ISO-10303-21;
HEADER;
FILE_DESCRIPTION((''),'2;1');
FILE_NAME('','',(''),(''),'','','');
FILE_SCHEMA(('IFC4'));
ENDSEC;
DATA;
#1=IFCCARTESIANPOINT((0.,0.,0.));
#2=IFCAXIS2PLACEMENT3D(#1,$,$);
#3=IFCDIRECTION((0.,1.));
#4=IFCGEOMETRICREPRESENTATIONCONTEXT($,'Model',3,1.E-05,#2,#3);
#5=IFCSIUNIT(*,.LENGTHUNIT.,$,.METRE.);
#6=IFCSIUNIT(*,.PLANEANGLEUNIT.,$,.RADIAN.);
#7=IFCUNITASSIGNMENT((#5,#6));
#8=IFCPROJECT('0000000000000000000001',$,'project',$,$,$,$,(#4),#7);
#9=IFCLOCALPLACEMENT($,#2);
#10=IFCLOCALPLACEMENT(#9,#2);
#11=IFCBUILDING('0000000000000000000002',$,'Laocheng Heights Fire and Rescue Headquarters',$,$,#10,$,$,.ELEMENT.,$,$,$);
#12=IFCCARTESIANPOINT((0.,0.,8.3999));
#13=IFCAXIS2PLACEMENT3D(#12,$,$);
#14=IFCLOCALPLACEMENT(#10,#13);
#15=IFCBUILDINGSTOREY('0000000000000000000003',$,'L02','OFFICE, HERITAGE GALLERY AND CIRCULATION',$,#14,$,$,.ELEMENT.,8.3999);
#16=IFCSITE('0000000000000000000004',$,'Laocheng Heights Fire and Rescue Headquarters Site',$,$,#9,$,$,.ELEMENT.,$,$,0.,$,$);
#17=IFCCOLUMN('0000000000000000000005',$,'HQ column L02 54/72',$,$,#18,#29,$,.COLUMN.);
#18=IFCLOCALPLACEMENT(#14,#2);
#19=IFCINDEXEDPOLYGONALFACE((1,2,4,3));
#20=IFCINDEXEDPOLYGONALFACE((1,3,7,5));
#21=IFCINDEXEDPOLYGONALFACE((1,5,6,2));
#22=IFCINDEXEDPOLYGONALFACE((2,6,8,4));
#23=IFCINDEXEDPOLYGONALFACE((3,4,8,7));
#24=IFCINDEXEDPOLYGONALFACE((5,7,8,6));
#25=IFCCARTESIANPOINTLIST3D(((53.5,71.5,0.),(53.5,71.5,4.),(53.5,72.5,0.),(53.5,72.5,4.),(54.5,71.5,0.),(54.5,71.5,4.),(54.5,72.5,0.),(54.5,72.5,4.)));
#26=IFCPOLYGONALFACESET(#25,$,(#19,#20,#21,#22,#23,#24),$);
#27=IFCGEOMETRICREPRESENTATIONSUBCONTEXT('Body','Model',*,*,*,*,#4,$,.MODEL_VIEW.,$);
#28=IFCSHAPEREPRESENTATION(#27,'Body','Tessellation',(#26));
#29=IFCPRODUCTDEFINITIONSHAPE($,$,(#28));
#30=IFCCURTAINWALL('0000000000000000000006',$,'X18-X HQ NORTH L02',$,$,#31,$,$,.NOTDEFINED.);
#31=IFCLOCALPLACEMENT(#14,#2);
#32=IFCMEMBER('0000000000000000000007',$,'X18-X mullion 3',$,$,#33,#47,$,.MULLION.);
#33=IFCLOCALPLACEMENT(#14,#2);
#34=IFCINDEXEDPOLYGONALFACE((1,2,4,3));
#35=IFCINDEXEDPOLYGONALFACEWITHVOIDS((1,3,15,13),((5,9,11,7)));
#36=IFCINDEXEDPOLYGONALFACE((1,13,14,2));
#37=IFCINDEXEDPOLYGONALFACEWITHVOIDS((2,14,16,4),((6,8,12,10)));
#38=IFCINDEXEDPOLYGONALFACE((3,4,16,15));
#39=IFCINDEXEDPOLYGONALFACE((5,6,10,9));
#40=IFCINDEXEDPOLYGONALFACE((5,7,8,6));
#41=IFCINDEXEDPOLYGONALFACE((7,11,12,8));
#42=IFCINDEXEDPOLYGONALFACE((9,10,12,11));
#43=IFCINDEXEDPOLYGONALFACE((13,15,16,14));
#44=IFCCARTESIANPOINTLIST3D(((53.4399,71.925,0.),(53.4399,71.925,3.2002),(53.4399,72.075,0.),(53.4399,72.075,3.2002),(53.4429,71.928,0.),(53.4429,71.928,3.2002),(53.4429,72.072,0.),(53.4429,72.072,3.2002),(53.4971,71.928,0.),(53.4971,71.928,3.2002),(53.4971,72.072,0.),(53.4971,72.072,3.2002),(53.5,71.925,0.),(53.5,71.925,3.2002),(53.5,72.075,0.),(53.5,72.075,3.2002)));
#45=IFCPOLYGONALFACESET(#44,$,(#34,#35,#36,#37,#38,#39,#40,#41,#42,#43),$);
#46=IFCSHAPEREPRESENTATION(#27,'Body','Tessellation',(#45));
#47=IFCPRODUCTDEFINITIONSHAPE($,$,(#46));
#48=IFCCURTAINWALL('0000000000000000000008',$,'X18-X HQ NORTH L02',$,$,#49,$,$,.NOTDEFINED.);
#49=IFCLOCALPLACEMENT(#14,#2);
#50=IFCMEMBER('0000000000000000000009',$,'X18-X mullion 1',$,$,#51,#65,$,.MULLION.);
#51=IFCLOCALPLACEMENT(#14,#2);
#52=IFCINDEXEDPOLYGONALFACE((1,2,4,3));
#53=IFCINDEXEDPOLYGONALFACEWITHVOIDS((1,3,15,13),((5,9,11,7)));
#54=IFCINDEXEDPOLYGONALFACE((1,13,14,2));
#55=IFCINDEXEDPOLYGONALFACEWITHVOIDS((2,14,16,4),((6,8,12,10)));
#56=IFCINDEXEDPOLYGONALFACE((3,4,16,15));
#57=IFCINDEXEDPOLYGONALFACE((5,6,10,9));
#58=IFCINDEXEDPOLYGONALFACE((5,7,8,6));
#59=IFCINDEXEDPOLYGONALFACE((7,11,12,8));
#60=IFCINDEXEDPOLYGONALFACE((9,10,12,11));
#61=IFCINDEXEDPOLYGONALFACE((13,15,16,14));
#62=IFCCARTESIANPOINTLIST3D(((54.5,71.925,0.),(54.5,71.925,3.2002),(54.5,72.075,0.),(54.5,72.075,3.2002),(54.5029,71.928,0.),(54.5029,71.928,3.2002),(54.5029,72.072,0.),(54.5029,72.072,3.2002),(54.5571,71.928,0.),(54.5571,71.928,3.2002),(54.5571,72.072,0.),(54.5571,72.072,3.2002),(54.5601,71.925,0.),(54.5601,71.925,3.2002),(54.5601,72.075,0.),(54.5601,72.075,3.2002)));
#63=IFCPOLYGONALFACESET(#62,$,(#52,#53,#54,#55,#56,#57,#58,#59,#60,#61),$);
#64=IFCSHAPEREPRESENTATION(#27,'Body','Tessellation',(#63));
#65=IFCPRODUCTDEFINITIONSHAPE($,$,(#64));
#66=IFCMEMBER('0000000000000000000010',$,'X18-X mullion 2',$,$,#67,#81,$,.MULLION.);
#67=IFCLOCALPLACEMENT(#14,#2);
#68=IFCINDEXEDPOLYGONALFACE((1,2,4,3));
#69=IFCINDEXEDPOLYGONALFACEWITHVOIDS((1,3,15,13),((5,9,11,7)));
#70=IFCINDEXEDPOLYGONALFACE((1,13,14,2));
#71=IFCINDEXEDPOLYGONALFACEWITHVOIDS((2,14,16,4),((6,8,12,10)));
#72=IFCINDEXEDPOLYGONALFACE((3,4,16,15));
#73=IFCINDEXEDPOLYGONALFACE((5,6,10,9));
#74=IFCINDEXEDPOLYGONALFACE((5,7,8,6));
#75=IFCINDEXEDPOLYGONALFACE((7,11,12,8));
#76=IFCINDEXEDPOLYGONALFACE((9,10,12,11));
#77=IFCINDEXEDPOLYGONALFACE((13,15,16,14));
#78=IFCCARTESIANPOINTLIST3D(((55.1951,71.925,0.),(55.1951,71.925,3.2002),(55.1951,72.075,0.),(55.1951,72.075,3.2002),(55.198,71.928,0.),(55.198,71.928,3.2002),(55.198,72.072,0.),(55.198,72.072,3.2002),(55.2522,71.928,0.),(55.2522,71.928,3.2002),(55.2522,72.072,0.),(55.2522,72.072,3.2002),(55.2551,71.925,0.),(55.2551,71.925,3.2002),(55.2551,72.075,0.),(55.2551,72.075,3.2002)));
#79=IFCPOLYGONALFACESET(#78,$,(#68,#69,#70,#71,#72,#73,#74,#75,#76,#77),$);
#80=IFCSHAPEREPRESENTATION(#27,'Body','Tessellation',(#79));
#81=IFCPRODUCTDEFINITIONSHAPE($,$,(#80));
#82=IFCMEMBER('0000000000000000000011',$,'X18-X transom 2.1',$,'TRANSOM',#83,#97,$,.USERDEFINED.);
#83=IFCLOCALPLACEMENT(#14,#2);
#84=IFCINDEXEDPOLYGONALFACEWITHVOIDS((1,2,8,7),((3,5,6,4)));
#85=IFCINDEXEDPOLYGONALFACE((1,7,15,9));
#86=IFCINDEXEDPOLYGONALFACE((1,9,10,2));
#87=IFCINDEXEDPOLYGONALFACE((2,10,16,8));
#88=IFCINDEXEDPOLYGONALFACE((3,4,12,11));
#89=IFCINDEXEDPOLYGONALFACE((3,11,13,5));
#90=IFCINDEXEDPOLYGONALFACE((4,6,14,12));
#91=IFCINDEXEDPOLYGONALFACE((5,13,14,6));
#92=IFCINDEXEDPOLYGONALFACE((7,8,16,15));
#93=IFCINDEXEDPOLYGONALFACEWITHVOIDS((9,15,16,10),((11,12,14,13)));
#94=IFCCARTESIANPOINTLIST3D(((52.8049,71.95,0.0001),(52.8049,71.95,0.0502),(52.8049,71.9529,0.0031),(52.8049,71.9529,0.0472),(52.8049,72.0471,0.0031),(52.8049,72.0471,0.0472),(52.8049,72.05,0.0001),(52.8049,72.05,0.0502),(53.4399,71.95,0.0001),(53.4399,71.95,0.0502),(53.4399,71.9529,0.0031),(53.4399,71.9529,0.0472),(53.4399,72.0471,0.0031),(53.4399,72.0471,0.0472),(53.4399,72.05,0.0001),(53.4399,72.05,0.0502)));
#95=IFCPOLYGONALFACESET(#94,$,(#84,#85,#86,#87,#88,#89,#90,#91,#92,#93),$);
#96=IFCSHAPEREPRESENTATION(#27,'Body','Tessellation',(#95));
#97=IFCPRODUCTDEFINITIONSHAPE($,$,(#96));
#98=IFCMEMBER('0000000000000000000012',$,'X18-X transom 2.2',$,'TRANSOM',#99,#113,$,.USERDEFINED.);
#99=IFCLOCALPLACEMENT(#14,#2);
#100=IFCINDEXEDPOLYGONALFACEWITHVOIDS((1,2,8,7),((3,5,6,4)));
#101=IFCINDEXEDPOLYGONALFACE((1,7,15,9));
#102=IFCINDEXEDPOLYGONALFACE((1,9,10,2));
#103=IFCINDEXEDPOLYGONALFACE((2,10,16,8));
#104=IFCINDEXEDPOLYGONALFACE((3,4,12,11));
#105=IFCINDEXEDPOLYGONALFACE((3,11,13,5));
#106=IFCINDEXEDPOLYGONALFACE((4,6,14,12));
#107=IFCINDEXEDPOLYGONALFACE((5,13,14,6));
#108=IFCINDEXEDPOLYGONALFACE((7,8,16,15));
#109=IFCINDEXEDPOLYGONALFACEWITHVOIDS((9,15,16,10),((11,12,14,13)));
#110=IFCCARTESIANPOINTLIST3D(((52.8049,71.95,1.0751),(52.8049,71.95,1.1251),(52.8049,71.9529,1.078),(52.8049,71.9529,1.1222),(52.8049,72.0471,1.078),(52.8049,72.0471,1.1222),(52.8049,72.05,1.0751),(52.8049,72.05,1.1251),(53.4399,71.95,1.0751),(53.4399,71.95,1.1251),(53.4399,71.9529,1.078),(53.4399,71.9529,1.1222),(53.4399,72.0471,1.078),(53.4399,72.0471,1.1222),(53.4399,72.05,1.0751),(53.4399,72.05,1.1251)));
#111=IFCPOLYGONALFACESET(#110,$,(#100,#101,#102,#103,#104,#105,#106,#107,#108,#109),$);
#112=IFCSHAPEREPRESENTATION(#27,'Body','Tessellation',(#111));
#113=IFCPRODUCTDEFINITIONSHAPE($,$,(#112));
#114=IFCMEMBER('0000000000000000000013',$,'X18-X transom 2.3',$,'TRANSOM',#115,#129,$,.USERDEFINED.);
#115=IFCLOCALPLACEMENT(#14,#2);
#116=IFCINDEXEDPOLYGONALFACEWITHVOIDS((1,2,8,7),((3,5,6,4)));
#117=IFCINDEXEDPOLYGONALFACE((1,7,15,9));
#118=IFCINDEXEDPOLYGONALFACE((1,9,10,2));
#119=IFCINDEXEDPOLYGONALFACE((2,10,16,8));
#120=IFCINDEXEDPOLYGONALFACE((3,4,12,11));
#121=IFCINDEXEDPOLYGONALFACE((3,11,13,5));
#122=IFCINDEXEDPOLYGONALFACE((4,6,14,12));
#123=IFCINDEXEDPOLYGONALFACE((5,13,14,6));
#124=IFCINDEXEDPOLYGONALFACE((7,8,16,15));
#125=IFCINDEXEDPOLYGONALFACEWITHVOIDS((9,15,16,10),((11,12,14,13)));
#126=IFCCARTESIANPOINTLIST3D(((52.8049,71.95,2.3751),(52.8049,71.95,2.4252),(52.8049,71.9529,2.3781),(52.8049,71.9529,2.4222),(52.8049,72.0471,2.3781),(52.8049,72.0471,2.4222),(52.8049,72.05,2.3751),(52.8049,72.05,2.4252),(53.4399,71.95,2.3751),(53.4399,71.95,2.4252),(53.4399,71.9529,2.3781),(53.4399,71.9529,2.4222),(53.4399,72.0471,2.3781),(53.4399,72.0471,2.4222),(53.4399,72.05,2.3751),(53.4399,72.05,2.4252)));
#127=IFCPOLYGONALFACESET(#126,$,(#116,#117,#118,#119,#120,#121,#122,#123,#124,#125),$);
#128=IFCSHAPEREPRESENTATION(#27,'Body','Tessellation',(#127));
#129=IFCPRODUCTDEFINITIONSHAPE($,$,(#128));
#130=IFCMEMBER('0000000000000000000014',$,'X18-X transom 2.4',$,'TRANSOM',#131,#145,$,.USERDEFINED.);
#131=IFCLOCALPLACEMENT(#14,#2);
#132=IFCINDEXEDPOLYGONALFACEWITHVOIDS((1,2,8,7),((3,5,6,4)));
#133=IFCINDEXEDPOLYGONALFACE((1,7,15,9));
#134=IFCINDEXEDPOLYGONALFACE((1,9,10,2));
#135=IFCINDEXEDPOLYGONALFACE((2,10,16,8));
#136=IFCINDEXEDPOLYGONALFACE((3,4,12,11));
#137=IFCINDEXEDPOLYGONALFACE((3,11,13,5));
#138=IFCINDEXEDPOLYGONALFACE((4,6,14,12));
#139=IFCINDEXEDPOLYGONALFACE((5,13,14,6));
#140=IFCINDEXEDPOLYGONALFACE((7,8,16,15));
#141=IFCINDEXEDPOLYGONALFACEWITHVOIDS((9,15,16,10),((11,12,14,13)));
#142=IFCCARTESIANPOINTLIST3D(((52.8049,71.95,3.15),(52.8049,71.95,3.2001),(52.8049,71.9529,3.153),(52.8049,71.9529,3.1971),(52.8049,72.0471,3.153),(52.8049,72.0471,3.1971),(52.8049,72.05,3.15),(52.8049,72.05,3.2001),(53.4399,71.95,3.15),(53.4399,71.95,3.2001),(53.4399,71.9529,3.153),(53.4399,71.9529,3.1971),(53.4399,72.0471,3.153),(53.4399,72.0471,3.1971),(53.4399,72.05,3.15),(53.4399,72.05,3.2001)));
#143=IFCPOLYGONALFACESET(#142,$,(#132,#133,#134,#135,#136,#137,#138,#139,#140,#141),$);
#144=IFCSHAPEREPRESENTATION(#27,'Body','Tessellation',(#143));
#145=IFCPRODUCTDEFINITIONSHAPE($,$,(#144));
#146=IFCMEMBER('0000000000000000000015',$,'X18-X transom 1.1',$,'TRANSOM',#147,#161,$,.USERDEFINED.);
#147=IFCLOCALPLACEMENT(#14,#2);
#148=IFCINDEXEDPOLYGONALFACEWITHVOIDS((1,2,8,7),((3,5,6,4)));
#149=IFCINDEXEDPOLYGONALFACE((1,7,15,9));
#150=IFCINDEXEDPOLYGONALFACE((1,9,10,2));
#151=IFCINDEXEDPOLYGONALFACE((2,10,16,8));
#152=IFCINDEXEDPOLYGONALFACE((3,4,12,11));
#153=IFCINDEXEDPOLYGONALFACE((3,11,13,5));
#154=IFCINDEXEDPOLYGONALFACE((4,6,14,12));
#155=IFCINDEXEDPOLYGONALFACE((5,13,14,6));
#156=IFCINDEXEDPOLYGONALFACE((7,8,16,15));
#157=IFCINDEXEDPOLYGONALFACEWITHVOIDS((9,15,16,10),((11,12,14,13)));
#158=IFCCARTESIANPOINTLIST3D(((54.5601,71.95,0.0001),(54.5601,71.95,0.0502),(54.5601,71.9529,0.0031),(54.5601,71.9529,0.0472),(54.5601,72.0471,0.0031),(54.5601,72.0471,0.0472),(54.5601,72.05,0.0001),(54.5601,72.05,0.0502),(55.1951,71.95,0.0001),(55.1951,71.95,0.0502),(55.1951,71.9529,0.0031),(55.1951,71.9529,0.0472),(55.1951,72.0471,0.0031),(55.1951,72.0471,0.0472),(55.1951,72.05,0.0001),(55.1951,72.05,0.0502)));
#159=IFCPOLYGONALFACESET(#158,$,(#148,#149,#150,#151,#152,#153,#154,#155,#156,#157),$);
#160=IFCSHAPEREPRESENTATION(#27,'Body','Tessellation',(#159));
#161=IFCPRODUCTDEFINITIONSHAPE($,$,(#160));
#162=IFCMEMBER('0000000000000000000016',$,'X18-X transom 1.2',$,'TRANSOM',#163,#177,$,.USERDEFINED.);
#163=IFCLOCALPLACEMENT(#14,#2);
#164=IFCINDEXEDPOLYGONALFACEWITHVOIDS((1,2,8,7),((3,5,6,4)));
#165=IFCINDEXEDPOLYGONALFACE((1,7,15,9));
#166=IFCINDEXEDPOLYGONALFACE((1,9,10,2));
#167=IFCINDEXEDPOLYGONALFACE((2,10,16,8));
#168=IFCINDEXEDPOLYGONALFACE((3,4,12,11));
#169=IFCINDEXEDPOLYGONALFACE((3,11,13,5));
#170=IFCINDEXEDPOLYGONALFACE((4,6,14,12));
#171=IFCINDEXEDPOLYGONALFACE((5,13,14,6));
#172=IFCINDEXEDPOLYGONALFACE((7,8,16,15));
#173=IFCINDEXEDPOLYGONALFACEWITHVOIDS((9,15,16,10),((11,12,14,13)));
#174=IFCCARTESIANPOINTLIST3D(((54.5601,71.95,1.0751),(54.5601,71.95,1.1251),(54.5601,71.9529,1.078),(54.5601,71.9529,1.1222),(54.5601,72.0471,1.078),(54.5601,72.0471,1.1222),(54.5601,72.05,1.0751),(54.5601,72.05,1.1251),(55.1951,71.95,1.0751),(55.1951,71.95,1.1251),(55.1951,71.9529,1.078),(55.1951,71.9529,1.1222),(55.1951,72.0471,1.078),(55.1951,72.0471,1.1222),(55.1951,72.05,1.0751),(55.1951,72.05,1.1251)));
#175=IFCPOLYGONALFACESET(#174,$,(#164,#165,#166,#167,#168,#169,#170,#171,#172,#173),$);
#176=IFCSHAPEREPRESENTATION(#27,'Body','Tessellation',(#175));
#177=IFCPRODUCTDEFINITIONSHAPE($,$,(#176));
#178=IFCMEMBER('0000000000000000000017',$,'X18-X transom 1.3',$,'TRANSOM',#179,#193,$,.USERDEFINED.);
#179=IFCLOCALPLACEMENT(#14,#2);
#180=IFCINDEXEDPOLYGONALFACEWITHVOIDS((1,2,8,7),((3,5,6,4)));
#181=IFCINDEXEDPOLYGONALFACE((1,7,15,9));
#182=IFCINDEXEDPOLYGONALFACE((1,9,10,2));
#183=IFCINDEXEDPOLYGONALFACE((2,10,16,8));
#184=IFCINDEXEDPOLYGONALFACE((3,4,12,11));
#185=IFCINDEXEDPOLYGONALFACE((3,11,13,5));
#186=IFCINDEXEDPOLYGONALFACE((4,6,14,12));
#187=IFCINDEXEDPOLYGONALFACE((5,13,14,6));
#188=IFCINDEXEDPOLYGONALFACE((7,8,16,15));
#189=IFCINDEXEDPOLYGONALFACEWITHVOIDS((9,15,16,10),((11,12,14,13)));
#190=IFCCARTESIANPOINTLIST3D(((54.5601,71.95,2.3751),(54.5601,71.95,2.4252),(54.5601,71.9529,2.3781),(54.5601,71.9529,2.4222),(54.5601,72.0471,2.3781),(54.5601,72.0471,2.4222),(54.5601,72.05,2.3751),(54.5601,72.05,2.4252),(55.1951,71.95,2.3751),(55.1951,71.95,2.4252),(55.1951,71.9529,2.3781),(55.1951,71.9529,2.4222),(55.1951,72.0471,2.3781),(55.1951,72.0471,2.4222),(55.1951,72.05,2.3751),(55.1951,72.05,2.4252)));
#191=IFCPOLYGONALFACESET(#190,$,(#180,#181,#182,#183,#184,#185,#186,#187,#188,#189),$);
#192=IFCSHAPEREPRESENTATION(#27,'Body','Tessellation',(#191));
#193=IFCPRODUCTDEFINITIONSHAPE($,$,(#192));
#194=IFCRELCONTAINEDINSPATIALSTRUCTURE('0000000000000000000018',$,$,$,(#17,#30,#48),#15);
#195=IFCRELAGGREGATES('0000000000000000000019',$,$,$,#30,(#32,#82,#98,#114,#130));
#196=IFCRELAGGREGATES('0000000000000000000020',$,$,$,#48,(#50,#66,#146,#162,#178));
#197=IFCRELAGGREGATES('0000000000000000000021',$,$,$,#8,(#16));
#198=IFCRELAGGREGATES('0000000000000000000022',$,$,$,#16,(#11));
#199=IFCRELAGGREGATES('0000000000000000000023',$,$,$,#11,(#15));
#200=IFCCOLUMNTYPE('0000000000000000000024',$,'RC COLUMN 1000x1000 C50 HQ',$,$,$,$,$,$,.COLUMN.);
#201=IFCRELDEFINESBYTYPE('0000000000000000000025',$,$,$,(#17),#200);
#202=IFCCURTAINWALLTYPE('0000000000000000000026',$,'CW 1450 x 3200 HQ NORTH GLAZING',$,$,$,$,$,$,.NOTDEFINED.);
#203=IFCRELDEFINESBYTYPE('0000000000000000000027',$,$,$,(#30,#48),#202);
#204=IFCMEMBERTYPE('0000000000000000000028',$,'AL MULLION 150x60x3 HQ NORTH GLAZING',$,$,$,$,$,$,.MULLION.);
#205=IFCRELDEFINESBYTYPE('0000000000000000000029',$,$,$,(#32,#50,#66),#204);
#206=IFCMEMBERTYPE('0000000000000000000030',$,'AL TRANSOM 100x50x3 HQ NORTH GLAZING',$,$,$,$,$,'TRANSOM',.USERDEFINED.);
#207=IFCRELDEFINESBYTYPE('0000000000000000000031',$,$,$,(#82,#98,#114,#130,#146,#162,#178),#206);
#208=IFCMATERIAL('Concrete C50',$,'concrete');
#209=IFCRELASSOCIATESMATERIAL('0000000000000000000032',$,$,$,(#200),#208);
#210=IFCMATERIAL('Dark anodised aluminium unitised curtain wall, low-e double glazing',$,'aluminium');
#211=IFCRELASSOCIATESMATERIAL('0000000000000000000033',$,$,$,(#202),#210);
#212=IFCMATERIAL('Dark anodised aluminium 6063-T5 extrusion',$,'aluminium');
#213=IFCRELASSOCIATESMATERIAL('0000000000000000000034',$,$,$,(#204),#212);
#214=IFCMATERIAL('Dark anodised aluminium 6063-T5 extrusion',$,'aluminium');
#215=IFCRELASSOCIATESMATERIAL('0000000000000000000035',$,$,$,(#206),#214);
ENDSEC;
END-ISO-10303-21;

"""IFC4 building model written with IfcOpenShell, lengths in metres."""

from ifc_helpers import new_model, si_unit, direction, frame, origin, origin_2d, place, context, subcontext, project, spatial, rectangle, hollow_rectangle, extrude, material, material_profile, profile_set, type_object, element, aggregate, save


model = new_model("IFC4")

# Units and contexts
model_context = context("Model", 3, precision=1e-05, world=origin(), true_north=direction((0.0, 1.0)))
body_context = subcontext(model_context, "Body", "Model", "MODEL_VIEW")
ifc_project = project(units=[si_unit("LENGTHUNIT", "METRE"), si_unit("PLANEANGLEUNIT", "RADIAN")], contexts=[model_context])

# Site, building, storey
site_placement = place(None, origin())
site = spatial("IfcSite", under=ifc_project, at=site_placement, Name="Laocheng Heights Fire and Rescue Headquarters Site", CompositionType="ELEMENT", RefElevation=0.0)
building_placement = place(site_placement, origin())
building = spatial("IfcBuilding", under=site, at=building_placement, Name="Laocheng Heights Fire and Rescue Headquarters", CompositionType="ELEMENT")
storey_placement = place(building_placement, frame((0.0, 0.0, 8.3999)))
storey = spatial("IfcBuildingStorey", under=building, at=storey_placement, Name="L02", Description="OFFICE, HERITAGE GALLERY AND CIRCULATION", CompositionType="ELEMENT", Elevation=8.3999)

# Column
ifc_material_1 = material(Name="Concrete C50", Category="concrete")
ifc_material_profile_1 = material_profile(ifc_material_1, rectangle(XDim=1.0, YDim=1.0, at=origin_2d()), Name="RC COLUMN 1000x1000 C50 HQ")
ifc_profile_set_1 = profile_set([ifc_material_profile_1], Name="Concrete C50")
column_type = type_object("IfcColumnType", Name="RC COLUMN 1000x1000 C50 HQ", PredefinedType="COLUMN", material=ifc_profile_set_1)
column_placement = place(storey_placement, frame((54.0, 72.0, 0.0), z_axis=(0.0, 0.0, 1.0), x_axis=(1.0, 0.0, 0.0)))
element("IfcColumn", 1, at=column_placement, inside=storey, type_object=column_type, Name="HQ column L02 54/72", PredefinedType="COLUMN", context=body_context, shape_type="SweptSolid", body=[
    extrude(rectangle(XDim=1.0, YDim=1.0, at=origin_2d()), origin(), (0.0, 0.0, 1.0), 4.0),
])

# Curtain wall, member
ifc_material_2 = material(Name="Dark anodised aluminium unitised curtain wall, low-e double glazing", Category="aluminium")
curtain_wall_type = type_object("IfcCurtainWallType", Name="CW 1450 x 3200 HQ NORTH GLAZING", PredefinedType="NOTDEFINED", material=ifc_material_2)
curtain_wall_1_placement = place(storey_placement, origin())
curtain_wall_1 = element("IfcCurtainWall", 2, at=curtain_wall_1_placement, inside=storey, type_object=curtain_wall_type, Name="X18-X HQ NORTH L02", PredefinedType="NOTDEFINED")
ifc_material_3 = material(Name="Dark anodised aluminium 6063-T5 extrusion", Category="aluminium")
ifc_material_profile_2 = material_profile(ifc_material_3, hollow_rectangle(XDim=0.1499, YDim=0.0601, WallThickness=0.0029, at=origin_2d()), Name="AL MULLION 150x60x3 HQ NORTH GLAZING")
ifc_profile_set_2 = profile_set([ifc_material_profile_2], Name="Dark anodised aluminium 6063-T5 extrusion")
member_type_1 = type_object("IfcMemberType", Name="AL MULLION 150x60x3 HQ NORTH GLAZING", PredefinedType="MULLION", material=ifc_profile_set_2)
member_1_placement = place(storey_placement, frame((53.47, 72.0, 0.0), z_axis=(0.0, 0.0, 1.0), x_axis=(0.0, 1.0, 0.0)))
member_1 = element("IfcMember", 3, at=member_1_placement, type_object=member_type_1, Name="X18-X mullion 3", PredefinedType="MULLION", context=body_context, shape_type="SweptSolid", body=[
    extrude(hollow_rectangle(XDim=0.1499, YDim=0.0601, WallThickness=0.0029, at=origin_2d()), origin(), (0.0, 0.0, 1.0), 3.2002),
])

# Curtain wall, members
curtain_wall_2_placement = place(storey_placement, origin())
curtain_wall_2 = element("IfcCurtainWall", 4, at=curtain_wall_2_placement, inside=storey, type_object=curtain_wall_type, Name="X18-X HQ NORTH L02", PredefinedType="NOTDEFINED")
member_2_placement = place(storey_placement, frame((54.53, 72.0, 0.0), z_axis=(0.0, 0.0, 1.0), x_axis=(0.0, 1.0, 0.0)))
member_2 = element("IfcMember", 5, at=member_2_placement, type_object=member_type_1, Name="X18-X mullion 1", PredefinedType="MULLION", context=body_context, shape_type="SweptSolid", body=[
    extrude(hollow_rectangle(XDim=0.1499, YDim=0.0601, WallThickness=0.0029, at=origin_2d()), origin(), (0.0, 0.0, 1.0), 3.2002),
])
member_3_placement = place(storey_placement, frame((55.2251, 72.0, 0.0), z_axis=(0.0, 0.0, 1.0), x_axis=(0.0, 1.0, 0.0)))
member_3 = element("IfcMember", 6, at=member_3_placement, type_object=member_type_1, Name="X18-X mullion 2", PredefinedType="MULLION", context=body_context, shape_type="SweptSolid", body=[
    extrude(hollow_rectangle(XDim=0.1499, YDim=0.0601, WallThickness=0.0029, at=origin_2d()), origin(), (0.0, 0.0, 1.0), 3.2002),
])

# Members
ifc_material_4 = material(Name="Dark anodised aluminium 6063-T5 extrusion", Category="aluminium")
ifc_material_profile_3 = material_profile(ifc_material_4, hollow_rectangle(XDim=0.1001, YDim=0.05, WallThickness=0.0029, at=origin_2d()), Name="AL TRANSOM 100x50x3 HQ NORTH GLAZING")
ifc_profile_set_3 = profile_set([ifc_material_profile_3], Name="Dark anodised aluminium 6063-T5 extrusion")
member_type_2 = type_object("IfcMemberType", Name="AL TRANSOM 100x50x3 HQ NORTH GLAZING", ElementType="TRANSOM", PredefinedType="USERDEFINED", material=ifc_profile_set_3)
member_4_placement = place(storey_placement, frame((52.8049, 72.0, 0.0251), z_axis=(1.0, 0.0, 0.0), x_axis=(0.0, 1.0, 0.0)))
member_4 = element("IfcMember", 7, at=member_4_placement, type_object=member_type_2, Name="X18-X transom 2.1", ObjectType="TRANSOM", PredefinedType="USERDEFINED", context=body_context, shape_type="SweptSolid", body=[
    extrude(hollow_rectangle(XDim=0.1001, YDim=0.05, WallThickness=0.0029, at=origin_2d()), origin(), (0.0, 0.0, 1.0), 0.635),
])
member_5_placement = place(storey_placement, frame((52.8049, 72.0, 1.1001), z_axis=(1.0, 0.0, 0.0), x_axis=(0.0, 1.0, 0.0)))
member_5 = element("IfcMember", 8, at=member_5_placement, type_object=member_type_2, Name="X18-X transom 2.2", ObjectType="TRANSOM", PredefinedType="USERDEFINED", context=body_context, shape_type="SweptSolid", body=[
    extrude(hollow_rectangle(XDim=0.1001, YDim=0.05, WallThickness=0.0029, at=origin_2d()), origin(), (0.0, 0.0, 1.0), 0.635),
])
member_6_placement = place(storey_placement, frame((52.8049, 72.0, 2.4001), z_axis=(1.0, 0.0, 0.0), x_axis=(0.0, 1.0, 0.0)))
member_6 = element("IfcMember", 9, at=member_6_placement, type_object=member_type_2, Name="X18-X transom 2.3", ObjectType="TRANSOM", PredefinedType="USERDEFINED", context=body_context, shape_type="SweptSolid", body=[
    extrude(hollow_rectangle(XDim=0.1001, YDim=0.05, WallThickness=0.0029, at=origin_2d()), origin(), (0.0, 0.0, 1.0), 0.635),
])
member_7_placement = place(storey_placement, frame((52.8049, 72.0, 3.175), z_axis=(1.0, 0.0, 0.0), x_axis=(0.0, 1.0, 0.0)))
member_7 = element("IfcMember", 10, at=member_7_placement, type_object=member_type_2, Name="X18-X transom 2.4", ObjectType="TRANSOM", PredefinedType="USERDEFINED", context=body_context, shape_type="SweptSolid", body=[
    extrude(hollow_rectangle(XDim=0.1001, YDim=0.05, WallThickness=0.0029, at=origin_2d()), origin(), (0.0, 0.0, 1.0), 0.635),
])
member_8_placement = place(storey_placement, frame((54.5601, 72.0, 0.0251), z_axis=(1.0, 0.0, 0.0), x_axis=(0.0, 1.0, 0.0)))
member_8 = element("IfcMember", 11, at=member_8_placement, type_object=member_type_2, Name="X18-X transom 1.1", ObjectType="TRANSOM", PredefinedType="USERDEFINED", context=body_context, shape_type="SweptSolid", body=[
    extrude(hollow_rectangle(XDim=0.1001, YDim=0.05, WallThickness=0.0029, at=origin_2d()), origin(), (0.0, 0.0, 1.0), 0.635),
])
member_9_placement = place(storey_placement, frame((54.5601, 72.0, 1.1001), z_axis=(1.0, 0.0, 0.0), x_axis=(0.0, 1.0, 0.0)))
member_9 = element("IfcMember", 12, at=member_9_placement, type_object=member_type_2, Name="X18-X transom 1.2", ObjectType="TRANSOM", PredefinedType="USERDEFINED", context=body_context, shape_type="SweptSolid", body=[
    extrude(hollow_rectangle(XDim=0.1001, YDim=0.05, WallThickness=0.0029, at=origin_2d()), origin(), (0.0, 0.0, 1.0), 0.635),
])
member_10_placement = place(storey_placement, frame((54.5601, 72.0, 2.4001), z_axis=(1.0, 0.0, 0.0), x_axis=(0.0, 1.0, 0.0)))
member_10 = element("IfcMember", 13, at=member_10_placement, type_object=member_type_2, Name="X18-X transom 1.3", ObjectType="TRANSOM", PredefinedType="USERDEFINED", context=body_context, shape_type="SweptSolid", body=[
    extrude(hollow_rectangle(XDim=0.1001, YDim=0.05, WallThickness=0.0029, at=origin_2d()), origin(), (0.0, 0.0, 1.0), 0.635),
])

aggregate(curtain_wall_1, [member_1, member_4, member_5, member_6, member_7])
aggregate(curtain_wall_2, [member_2, member_3, member_8, member_9, member_10])

save(model, "model.ifc")
